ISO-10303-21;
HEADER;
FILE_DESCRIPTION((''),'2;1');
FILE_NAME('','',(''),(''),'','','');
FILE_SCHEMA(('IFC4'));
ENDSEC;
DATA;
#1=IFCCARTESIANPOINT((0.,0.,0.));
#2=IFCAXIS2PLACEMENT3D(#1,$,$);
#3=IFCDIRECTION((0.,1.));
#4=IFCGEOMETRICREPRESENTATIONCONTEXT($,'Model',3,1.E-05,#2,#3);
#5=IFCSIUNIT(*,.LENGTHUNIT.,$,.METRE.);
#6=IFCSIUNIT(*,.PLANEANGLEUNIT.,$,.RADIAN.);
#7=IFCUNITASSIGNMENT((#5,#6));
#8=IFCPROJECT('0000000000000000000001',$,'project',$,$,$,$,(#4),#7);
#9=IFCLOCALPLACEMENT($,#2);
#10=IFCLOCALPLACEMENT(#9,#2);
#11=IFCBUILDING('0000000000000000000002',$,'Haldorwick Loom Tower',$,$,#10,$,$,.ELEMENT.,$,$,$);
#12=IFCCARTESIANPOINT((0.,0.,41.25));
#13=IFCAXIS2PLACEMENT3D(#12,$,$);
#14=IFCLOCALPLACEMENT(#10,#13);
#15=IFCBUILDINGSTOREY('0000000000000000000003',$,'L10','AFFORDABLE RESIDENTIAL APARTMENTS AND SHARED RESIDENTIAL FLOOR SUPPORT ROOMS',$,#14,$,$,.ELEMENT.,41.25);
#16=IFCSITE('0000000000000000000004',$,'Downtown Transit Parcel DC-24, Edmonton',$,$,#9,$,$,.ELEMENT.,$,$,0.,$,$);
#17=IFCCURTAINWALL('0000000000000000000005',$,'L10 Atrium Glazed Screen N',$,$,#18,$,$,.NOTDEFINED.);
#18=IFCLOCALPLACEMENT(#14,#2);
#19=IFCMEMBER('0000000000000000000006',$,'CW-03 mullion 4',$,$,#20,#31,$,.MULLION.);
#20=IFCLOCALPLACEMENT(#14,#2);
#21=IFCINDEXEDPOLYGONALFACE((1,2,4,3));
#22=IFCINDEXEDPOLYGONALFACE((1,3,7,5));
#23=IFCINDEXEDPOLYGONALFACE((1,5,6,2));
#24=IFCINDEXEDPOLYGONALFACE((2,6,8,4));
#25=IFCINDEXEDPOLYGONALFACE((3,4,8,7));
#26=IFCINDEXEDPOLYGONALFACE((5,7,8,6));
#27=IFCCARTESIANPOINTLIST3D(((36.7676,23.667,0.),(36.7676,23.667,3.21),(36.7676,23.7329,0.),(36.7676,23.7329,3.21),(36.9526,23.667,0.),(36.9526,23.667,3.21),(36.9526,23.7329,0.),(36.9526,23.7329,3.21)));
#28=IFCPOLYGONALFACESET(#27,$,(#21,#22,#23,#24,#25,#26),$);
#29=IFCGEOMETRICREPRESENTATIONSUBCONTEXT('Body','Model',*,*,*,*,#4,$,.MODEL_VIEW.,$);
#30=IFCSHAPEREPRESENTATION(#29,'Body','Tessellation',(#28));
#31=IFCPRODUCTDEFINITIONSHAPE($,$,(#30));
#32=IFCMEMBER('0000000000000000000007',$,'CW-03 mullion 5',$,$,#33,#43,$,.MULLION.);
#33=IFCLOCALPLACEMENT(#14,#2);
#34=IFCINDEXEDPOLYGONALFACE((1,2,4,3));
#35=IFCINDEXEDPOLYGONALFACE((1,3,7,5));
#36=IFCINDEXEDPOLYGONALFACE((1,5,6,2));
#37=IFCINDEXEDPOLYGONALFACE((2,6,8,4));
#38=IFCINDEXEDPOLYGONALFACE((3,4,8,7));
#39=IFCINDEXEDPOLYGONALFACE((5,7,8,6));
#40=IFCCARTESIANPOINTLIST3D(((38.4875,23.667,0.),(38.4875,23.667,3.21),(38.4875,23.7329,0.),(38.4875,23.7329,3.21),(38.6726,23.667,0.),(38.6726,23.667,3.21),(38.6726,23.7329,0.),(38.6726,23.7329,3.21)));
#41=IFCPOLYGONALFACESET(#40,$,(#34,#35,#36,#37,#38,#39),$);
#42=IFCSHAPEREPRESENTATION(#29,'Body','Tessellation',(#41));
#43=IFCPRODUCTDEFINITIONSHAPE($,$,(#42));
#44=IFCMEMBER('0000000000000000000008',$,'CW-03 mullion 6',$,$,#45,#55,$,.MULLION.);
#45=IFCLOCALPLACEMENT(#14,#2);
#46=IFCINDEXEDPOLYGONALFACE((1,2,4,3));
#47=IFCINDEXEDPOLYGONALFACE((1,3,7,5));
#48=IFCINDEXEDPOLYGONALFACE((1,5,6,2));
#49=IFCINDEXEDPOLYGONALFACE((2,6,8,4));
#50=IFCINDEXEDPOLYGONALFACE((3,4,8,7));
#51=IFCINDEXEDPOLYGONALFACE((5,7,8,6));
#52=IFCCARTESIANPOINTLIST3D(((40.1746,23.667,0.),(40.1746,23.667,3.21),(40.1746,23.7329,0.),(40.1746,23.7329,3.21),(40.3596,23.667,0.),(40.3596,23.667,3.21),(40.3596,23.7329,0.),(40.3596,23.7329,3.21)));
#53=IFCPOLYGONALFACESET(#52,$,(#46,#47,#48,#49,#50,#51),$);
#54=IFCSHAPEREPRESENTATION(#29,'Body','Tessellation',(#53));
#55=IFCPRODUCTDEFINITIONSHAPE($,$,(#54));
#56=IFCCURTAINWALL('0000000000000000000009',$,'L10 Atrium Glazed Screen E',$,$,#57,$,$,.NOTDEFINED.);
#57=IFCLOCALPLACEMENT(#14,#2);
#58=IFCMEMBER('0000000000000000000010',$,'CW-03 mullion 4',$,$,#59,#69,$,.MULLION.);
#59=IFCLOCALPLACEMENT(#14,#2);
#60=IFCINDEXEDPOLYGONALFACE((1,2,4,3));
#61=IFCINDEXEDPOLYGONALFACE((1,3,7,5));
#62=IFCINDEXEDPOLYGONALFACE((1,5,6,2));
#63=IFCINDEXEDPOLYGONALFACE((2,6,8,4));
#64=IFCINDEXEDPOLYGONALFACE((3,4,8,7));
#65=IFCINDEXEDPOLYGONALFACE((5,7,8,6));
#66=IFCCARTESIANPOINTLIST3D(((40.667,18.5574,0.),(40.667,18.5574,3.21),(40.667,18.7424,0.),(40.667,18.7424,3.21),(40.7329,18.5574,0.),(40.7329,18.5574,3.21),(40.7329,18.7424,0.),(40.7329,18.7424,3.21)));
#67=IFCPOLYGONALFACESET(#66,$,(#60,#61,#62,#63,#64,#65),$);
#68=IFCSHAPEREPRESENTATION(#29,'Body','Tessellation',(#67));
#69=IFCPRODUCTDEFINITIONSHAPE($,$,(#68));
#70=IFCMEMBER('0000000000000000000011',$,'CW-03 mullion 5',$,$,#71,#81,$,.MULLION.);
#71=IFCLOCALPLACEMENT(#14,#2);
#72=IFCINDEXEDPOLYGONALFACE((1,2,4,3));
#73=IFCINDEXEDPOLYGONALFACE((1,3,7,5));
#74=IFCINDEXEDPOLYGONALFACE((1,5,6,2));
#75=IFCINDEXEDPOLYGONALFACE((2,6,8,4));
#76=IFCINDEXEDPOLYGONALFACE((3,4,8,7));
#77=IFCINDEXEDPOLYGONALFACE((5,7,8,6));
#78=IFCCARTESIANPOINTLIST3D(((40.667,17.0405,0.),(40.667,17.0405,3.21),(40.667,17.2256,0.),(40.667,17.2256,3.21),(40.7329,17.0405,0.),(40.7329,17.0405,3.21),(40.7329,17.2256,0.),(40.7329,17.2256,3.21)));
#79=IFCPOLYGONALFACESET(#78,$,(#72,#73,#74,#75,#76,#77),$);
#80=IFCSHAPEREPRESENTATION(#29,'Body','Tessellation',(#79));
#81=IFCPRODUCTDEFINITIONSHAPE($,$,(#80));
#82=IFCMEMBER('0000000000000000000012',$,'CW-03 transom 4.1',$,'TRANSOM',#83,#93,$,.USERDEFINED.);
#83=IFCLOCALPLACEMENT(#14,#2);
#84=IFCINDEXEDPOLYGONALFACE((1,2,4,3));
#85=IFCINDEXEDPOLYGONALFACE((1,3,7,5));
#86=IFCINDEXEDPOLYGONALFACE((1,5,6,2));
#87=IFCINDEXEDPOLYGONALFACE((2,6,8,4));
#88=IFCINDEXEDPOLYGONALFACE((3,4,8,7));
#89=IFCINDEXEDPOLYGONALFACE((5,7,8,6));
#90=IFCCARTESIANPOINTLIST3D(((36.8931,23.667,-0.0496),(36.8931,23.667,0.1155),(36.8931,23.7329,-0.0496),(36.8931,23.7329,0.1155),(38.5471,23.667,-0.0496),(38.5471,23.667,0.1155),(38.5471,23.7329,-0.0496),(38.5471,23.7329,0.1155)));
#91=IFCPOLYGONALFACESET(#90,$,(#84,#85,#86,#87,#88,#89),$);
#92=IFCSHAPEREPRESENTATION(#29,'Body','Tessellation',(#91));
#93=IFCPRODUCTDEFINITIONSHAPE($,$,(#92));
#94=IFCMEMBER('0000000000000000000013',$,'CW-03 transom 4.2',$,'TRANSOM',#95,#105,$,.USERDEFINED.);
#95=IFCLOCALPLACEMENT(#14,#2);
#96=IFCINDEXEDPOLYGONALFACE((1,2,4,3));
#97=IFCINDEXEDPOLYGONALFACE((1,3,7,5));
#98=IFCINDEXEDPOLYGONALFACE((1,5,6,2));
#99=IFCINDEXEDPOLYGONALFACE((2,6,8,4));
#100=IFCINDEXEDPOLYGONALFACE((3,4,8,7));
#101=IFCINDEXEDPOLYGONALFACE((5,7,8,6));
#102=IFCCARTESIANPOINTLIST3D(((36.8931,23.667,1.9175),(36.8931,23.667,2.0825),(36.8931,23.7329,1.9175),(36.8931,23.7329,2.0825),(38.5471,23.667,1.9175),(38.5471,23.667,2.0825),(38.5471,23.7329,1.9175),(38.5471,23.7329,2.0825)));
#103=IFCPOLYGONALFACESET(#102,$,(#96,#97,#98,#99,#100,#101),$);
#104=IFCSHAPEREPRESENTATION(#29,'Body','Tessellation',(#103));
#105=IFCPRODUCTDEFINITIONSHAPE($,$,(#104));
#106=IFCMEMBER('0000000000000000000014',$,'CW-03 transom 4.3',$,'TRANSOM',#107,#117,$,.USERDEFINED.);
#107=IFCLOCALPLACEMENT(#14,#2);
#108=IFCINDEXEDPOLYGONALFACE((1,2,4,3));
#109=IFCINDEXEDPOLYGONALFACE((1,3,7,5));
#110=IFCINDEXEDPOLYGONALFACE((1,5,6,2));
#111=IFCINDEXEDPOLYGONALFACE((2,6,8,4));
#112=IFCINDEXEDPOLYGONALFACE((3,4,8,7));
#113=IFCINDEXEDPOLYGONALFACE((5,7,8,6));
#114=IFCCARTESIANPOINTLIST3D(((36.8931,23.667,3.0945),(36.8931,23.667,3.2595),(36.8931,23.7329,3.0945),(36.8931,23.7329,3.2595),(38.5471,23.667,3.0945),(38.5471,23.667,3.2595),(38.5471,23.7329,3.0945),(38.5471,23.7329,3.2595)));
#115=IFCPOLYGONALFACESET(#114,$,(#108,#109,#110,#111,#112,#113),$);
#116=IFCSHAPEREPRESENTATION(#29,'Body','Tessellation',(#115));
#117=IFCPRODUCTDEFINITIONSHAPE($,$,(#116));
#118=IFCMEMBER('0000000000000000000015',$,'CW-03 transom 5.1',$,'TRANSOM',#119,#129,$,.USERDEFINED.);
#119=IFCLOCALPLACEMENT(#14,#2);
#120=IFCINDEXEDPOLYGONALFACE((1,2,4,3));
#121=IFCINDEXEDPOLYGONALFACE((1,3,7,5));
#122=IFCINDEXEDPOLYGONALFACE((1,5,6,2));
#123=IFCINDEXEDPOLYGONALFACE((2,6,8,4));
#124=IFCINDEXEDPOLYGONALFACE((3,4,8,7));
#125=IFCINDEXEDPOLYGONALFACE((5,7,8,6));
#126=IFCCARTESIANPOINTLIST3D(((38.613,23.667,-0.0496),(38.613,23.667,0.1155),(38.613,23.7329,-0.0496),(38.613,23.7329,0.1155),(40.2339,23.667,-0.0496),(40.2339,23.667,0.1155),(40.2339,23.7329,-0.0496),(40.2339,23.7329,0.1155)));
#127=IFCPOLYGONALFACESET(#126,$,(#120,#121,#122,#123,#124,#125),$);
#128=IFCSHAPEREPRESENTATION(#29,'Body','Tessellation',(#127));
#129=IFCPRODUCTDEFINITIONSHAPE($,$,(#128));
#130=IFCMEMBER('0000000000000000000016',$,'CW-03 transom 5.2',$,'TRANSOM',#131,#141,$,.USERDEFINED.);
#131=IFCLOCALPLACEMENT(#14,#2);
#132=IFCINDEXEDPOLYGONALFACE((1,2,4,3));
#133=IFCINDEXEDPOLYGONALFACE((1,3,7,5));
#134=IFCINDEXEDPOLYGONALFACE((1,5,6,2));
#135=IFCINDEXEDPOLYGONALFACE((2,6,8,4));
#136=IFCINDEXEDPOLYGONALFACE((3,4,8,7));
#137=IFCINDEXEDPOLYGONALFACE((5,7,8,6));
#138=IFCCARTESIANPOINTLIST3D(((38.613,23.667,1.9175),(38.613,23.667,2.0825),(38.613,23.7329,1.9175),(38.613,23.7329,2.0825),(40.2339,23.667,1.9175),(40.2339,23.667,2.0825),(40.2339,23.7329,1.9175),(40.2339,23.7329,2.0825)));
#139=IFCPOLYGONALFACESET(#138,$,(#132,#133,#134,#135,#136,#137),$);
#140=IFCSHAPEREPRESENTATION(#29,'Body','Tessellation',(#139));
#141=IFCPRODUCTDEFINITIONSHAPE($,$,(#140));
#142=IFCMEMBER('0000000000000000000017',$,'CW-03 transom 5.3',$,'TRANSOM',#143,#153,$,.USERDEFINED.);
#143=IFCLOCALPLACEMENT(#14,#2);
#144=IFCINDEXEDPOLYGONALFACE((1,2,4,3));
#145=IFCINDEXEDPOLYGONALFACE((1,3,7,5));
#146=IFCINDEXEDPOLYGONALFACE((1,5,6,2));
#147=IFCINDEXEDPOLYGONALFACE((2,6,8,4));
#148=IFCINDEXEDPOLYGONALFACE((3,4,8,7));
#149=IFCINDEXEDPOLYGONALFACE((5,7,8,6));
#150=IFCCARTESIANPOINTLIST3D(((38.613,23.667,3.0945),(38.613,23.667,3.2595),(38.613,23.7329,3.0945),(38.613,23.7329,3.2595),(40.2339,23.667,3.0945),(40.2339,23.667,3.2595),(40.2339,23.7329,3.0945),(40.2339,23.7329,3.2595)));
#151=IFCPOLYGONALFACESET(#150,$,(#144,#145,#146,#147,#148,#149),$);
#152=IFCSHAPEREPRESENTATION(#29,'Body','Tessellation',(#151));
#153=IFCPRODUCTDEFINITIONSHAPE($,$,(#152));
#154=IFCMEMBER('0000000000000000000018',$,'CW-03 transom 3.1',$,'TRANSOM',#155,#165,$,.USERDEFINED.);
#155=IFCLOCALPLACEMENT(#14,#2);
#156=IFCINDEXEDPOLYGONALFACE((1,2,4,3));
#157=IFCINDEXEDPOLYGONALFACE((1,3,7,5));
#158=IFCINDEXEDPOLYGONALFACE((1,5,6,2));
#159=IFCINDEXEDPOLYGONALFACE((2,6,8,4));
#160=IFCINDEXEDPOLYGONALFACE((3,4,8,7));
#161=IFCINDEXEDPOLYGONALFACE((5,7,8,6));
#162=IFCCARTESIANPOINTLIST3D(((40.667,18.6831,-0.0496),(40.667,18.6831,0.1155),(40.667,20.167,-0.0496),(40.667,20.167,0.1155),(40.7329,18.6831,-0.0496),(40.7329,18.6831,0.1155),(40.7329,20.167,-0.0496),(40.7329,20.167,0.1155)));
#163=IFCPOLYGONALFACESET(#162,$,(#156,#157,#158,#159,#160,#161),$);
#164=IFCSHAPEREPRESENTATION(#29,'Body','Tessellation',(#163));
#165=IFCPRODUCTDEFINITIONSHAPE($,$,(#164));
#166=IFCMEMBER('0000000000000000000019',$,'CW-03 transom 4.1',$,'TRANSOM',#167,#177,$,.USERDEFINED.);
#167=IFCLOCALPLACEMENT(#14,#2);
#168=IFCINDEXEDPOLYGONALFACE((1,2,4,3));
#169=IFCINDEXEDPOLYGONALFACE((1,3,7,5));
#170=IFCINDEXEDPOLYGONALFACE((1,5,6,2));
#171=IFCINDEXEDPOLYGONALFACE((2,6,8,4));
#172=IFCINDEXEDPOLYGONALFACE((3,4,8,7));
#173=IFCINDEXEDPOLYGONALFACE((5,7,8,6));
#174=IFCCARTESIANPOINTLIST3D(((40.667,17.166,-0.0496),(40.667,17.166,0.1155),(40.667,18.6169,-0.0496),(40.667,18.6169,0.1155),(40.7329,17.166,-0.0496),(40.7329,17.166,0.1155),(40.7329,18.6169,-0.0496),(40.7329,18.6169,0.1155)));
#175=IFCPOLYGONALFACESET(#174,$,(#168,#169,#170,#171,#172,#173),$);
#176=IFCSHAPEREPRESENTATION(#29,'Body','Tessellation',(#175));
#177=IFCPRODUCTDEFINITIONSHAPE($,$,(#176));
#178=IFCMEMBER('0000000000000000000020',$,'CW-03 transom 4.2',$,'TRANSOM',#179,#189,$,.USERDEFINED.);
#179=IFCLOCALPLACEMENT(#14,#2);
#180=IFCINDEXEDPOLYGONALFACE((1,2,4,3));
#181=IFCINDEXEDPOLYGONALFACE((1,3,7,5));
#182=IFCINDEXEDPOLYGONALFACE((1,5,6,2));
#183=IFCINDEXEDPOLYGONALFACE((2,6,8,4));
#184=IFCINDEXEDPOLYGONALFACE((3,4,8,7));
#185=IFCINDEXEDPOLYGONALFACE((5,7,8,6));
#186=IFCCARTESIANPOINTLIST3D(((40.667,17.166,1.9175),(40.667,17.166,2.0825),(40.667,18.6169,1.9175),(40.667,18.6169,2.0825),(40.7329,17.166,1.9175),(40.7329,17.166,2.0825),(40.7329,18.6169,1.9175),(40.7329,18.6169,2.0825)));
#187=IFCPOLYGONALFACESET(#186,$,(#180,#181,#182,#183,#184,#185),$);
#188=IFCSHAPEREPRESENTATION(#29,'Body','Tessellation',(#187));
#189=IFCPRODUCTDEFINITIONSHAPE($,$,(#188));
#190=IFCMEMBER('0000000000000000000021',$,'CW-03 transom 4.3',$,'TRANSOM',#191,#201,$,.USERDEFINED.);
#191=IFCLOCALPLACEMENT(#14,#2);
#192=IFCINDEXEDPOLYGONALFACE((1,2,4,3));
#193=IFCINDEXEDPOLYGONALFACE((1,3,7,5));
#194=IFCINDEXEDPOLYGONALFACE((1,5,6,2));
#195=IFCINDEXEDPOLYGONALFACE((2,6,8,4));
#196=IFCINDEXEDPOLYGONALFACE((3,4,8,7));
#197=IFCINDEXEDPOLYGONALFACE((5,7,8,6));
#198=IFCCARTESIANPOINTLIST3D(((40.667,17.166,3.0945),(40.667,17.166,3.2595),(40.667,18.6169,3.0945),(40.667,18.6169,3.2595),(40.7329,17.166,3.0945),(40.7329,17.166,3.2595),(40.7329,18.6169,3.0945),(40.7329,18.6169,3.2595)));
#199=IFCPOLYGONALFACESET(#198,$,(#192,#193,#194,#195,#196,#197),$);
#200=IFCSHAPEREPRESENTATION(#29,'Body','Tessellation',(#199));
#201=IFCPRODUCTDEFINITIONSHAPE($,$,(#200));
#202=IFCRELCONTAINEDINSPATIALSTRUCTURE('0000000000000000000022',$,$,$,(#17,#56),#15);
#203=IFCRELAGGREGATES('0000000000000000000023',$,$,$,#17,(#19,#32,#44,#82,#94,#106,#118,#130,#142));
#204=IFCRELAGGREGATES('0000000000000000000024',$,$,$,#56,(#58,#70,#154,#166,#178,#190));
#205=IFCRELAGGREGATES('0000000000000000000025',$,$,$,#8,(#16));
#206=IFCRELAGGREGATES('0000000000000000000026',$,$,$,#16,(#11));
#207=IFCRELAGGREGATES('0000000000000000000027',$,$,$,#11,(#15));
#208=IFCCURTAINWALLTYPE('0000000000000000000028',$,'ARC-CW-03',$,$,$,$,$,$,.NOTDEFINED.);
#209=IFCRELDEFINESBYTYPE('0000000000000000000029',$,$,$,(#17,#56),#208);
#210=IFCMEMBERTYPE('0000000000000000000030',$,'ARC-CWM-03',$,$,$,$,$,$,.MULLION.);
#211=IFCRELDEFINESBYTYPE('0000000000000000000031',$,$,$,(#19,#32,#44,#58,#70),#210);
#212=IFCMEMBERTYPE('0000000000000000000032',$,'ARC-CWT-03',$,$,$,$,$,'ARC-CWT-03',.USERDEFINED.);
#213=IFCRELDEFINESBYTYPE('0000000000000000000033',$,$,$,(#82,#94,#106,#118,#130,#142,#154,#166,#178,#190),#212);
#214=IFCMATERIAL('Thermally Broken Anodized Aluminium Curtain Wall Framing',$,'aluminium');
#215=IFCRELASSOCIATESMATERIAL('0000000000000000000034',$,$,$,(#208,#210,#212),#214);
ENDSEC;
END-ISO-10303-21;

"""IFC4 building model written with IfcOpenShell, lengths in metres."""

from ifc_helpers import new_model, si_unit, direction, frame, origin, origin_2d, place, context, subcontext, project, spatial, rectangle, extrude, material, material_profile, profile_set, type_object, element, aggregate, save


model = new_model("IFC4")

# Units and contexts
model_context = context("Model", 3, precision=1e-05, world=origin(), true_north=direction((0.0, 1.0)))
body_context = subcontext(model_context, "Body", "Model", "MODEL_VIEW")
ifc_project = project(units=[si_unit("LENGTHUNIT", "METRE"), si_unit("PLANEANGLEUNIT", "RADIAN")], contexts=[model_context])

# Site, building, storey
site_placement = place(None, origin())
site = spatial("IfcSite", under=ifc_project, at=site_placement, Name="Downtown Transit Parcel DC-24, Edmonton", CompositionType="ELEMENT", RefElevation=0.0)
building_placement = place(site_placement, origin())
building = spatial("IfcBuilding", under=site, at=building_placement, Name="Haldorwick Loom Tower", CompositionType="ELEMENT")
storey_placement = place(building_placement, frame((0.0, 0.0, 41.25)))
storey = spatial("IfcBuildingStorey", under=building, at=storey_placement, Name="L10", Description="AFFORDABLE RESIDENTIAL APARTMENTS AND SHARED RESIDENTIAL FLOOR SUPPORT ROOMS", CompositionType="ELEMENT", Elevation=41.25)

# Curtain walls, members
ifc_material_1 = material(Name="Thermally Broken Anodized Aluminium Curtain Wall Framing", Category="aluminium")
curtain_wall_type = type_object("IfcCurtainWallType", Name="ARC-CW-03", PredefinedType="NOTDEFINED", material=ifc_material_1)
curtain_wall_1_placement = place(storey_placement, origin())
curtain_wall_1 = element("IfcCurtainWall", 1, at=curtain_wall_1_placement, inside=storey, type_object=curtain_wall_type, Name="L10 Atrium Glazed Screen N", PredefinedType="NOTDEFINED")
ifc_material_profile_1 = material_profile(ifc_material_1, rectangle(XDim=0.0659, YDim=0.1851, at=origin_2d()), Name="ALU_MUL_66X185", Category="aluminium")
ifc_profile_set_1 = profile_set([ifc_material_profile_1], Name="Thermally Broken Anodized Aluminium Curtain Wall Framing")
member_type_1 = type_object("IfcMemberType", Name="ARC-CWM-03", PredefinedType="MULLION", material=ifc_profile_set_1)
member_1_placement = place(storey_placement, frame((36.8601, 23.7, 0.0), z_axis=(0.0, 0.0, 1.0), x_axis=(0.0, 1.0, 0.0)))
member_1 = element("IfcMember", 2, at=member_1_placement, type_object=member_type_1, Name="CW-03 mullion 4", PredefinedType="MULLION", context=body_context, shape_type="SweptSolid", body=[
    extrude(rectangle(XDim=0.0659, YDim=0.1851, at=origin_2d()), origin(), (0.0, 0.0, 1.0), 3.21),
])
member_2_placement = place(storey_placement, frame((38.5801, 23.7, 0.0), z_axis=(0.0, 0.0, 1.0), x_axis=(0.0, 1.0, 0.0)))
member_2 = element("IfcMember", 3, at=member_2_placement, type_object=member_type_1, Name="CW-03 mullion 5", PredefinedType="MULLION", context=body_context, shape_type="SweptSolid", body=[
    extrude(rectangle(XDim=0.0659, YDim=0.1851, at=origin_2d()), origin(), (0.0, 0.0, 1.0), 3.21),
])
member_3_placement = place(storey_placement, frame((40.2671, 23.7, 0.0), z_axis=(0.0, 0.0, 1.0), x_axis=(0.0, 1.0, 0.0)))
member_3 = element("IfcMember", 4, at=member_3_placement, type_object=member_type_1, Name="CW-03 mullion 6", PredefinedType="MULLION", context=body_context, shape_type="SweptSolid", body=[
    extrude(rectangle(XDim=0.0659, YDim=0.1851, at=origin_2d()), origin(), (0.0, 0.0, 1.0), 3.21),
])
curtain_wall_2_placement = place(storey_placement, origin())
curtain_wall_2 = element("IfcCurtainWall", 5, at=curtain_wall_2_placement, inside=storey, type_object=curtain_wall_type, Name="L10 Atrium Glazed Screen E", PredefinedType="NOTDEFINED")
member_4_placement = place(storey_placement, frame((40.7, 18.6499, 0.0), z_axis=(0.0, 0.0, 1.0), x_axis=(1.0, 0.0, 0.0)))
member_4 = element("IfcMember", 6, at=member_4_placement, type_object=member_type_1, Name="CW-03 mullion 4", PredefinedType="MULLION", context=body_context, shape_type="SweptSolid", body=[
    extrude(rectangle(XDim=0.0659, YDim=0.1851, at=origin_2d()), origin(), (0.0, 0.0, 1.0), 3.21),
])
member_5_placement = place(storey_placement, frame((40.7, 17.1331, 0.0), z_axis=(0.0, 0.0, 1.0), x_axis=(1.0, 0.0, 0.0)))
member_5 = element("IfcMember", 7, at=member_5_placement, type_object=member_type_1, Name="CW-03 mullion 5", PredefinedType="MULLION", context=body_context, shape_type="SweptSolid", body=[
    extrude(rectangle(XDim=0.0659, YDim=0.1851, at=origin_2d()), origin(), (0.0, 0.0, 1.0), 3.21),
])

# Members
ifc_material_profile_2 = material_profile(ifc_material_1, rectangle(XDim=0.0659, YDim=0.165, at=origin_2d()), Name="ALU_TRN_66X165", Category="aluminium")
ifc_profile_set_2 = profile_set([ifc_material_profile_2], Name="Thermally Broken Anodized Aluminium Curtain Wall Framing")
member_type_2 = type_object("IfcMemberType", Name="ARC-CWT-03", ElementType="ARC-CWT-03", PredefinedType="USERDEFINED", material=ifc_profile_set_2)
member_6_placement = place(storey_placement, frame((36.8931, 23.7, 0.033), z_axis=(1.0, 0.0, 0.0), x_axis=(0.0, 1.0, 0.0)))
member_6 = element("IfcMember", 8, at=member_6_placement, type_object=member_type_2, Name="CW-03 transom 4.1", ObjectType="TRANSOM", PredefinedType="USERDEFINED", context=body_context, shape_type="SweptSolid", body=[
    extrude(rectangle(XDim=0.0659, YDim=0.165, at=origin_2d()), origin(), (0.0, 0.0, 1.0), 1.6541),
])
member_7_placement = place(storey_placement, frame((36.8931, 23.7, 2.0), z_axis=(1.0, 0.0, 0.0), x_axis=(0.0, 1.0, 0.0)))
member_7 = element("IfcMember", 9, at=member_7_placement, type_object=member_type_2, Name="CW-03 transom 4.2", ObjectType="TRANSOM", PredefinedType="USERDEFINED", context=body_context, shape_type="SweptSolid", body=[
    extrude(rectangle(XDim=0.0659, YDim=0.165, at=origin_2d()), origin(), (0.0, 0.0, 1.0), 1.6541),
])
member_8_placement = place(storey_placement, frame((36.8931, 23.7, 3.177), z_axis=(1.0, 0.0, 0.0), x_axis=(0.0, 1.0, 0.0)))
member_8 = element("IfcMember", 10, at=member_8_placement, type_object=member_type_2, Name="CW-03 transom 4.3", ObjectType="TRANSOM", PredefinedType="USERDEFINED", context=body_context, shape_type="SweptSolid", body=[
    extrude(rectangle(XDim=0.0659, YDim=0.165, at=origin_2d()), origin(), (0.0, 0.0, 1.0), 1.6541),
])
member_9_placement = place(storey_placement, frame((38.613, 23.7, 0.033), z_axis=(1.0, 0.0, 0.0), x_axis=(0.0, 1.0, 0.0)))
member_9 = element("IfcMember", 11, at=member_9_placement, type_object=member_type_2, Name="CW-03 transom 5.1", ObjectType="TRANSOM", PredefinedType="USERDEFINED", context=body_context, shape_type="SweptSolid", body=[
    extrude(rectangle(XDim=0.0659, YDim=0.165, at=origin_2d()), origin(), (0.0, 0.0, 1.0), 1.6208),
])
member_10_placement = place(storey_placement, frame((38.613, 23.7, 2.0), z_axis=(1.0, 0.0, 0.0), x_axis=(0.0, 1.0, 0.0)))
member_10 = element("IfcMember", 12, at=member_10_placement, type_object=member_type_2, Name="CW-03 transom 5.2", ObjectType="TRANSOM", PredefinedType="USERDEFINED", context=body_context, shape_type="SweptSolid", body=[
    extrude(rectangle(XDim=0.0659, YDim=0.165, at=origin_2d()), origin(), (0.0, 0.0, 1.0), 1.6208),
])
member_11_placement = place(storey_placement, frame((38.613, 23.7, 3.177), z_axis=(1.0, 0.0, 0.0), x_axis=(0.0, 1.0, 0.0)))
member_11 = element("IfcMember", 13, at=member_11_placement, type_object=member_type_2, Name="CW-03 transom 5.3", ObjectType="TRANSOM", PredefinedType="USERDEFINED", context=body_context, shape_type="SweptSolid", body=[
    extrude(rectangle(XDim=0.0659, YDim=0.165, at=origin_2d()), origin(), (0.0, 0.0, 1.0), 1.6208),
])
member_12_placement = place(storey_placement, frame((40.7, 20.167, 0.033), z_axis=(0.0, -1.0, 0.0), x_axis=(1.0, 0.0, 0.0)))
member_12 = element("IfcMember", 14, at=member_12_placement, type_object=member_type_2, Name="CW-03 transom 3.1", ObjectType="TRANSOM", PredefinedType="USERDEFINED", context=body_context, shape_type="SweptSolid", body=[
    extrude(rectangle(XDim=0.0659, YDim=0.165, at=origin_2d()), origin(), (0.0, 0.0, 1.0), 1.4839),
])
member_13_placement = place(storey_placement, frame((40.7, 18.6169, 0.033), z_axis=(0.0, -1.0, 0.0), x_axis=(1.0, 0.0, 0.0)))
member_13 = element("IfcMember", 15, at=member_13_placement, type_object=member_type_2, Name="CW-03 transom 4.1", ObjectType="TRANSOM", PredefinedType="USERDEFINED", context=body_context, shape_type="SweptSolid", body=[
    extrude(rectangle(XDim=0.0659, YDim=0.165, at=origin_2d()), origin(), (0.0, 0.0, 1.0), 1.4509),
])
member_14_placement = place(storey_placement, frame((40.7, 18.6169, 2.0), z_axis=(0.0, -1.0, 0.0), x_axis=(1.0, 0.0, 0.0)))
member_14 = element("IfcMember", 16, at=member_14_placement, type_object=member_type_2, Name="CW-03 transom 4.2", ObjectType="TRANSOM", PredefinedType="USERDEFINED", context=body_context, shape_type="SweptSolid", body=[
    extrude(rectangle(XDim=0.0659, YDim=0.165, at=origin_2d()), origin(), (0.0, 0.0, 1.0), 1.4509),
])
member_15_placement = place(storey_placement, frame((40.7, 18.6169, 3.177), z_axis=(0.0, -1.0, 0.0), x_axis=(1.0, 0.0, 0.0)))
member_15 = element("IfcMember", 17, at=member_15_placement, type_object=member_type_2, Name="CW-03 transom 4.3", ObjectType="TRANSOM", PredefinedType="USERDEFINED", context=body_context, shape_type="SweptSolid", body=[
    extrude(rectangle(XDim=0.0659, YDim=0.165, at=origin_2d()), origin(), (0.0, 0.0, 1.0), 1.4509),
])

aggregate(curtain_wall_1, [member_1, member_2, member_3, member_6, member_7, member_8, member_9, member_10, member_11])
aggregate(curtain_wall_2, [member_4, member_5, member_12, member_13, member_14, member_15])

save(model, "model.ifc")
